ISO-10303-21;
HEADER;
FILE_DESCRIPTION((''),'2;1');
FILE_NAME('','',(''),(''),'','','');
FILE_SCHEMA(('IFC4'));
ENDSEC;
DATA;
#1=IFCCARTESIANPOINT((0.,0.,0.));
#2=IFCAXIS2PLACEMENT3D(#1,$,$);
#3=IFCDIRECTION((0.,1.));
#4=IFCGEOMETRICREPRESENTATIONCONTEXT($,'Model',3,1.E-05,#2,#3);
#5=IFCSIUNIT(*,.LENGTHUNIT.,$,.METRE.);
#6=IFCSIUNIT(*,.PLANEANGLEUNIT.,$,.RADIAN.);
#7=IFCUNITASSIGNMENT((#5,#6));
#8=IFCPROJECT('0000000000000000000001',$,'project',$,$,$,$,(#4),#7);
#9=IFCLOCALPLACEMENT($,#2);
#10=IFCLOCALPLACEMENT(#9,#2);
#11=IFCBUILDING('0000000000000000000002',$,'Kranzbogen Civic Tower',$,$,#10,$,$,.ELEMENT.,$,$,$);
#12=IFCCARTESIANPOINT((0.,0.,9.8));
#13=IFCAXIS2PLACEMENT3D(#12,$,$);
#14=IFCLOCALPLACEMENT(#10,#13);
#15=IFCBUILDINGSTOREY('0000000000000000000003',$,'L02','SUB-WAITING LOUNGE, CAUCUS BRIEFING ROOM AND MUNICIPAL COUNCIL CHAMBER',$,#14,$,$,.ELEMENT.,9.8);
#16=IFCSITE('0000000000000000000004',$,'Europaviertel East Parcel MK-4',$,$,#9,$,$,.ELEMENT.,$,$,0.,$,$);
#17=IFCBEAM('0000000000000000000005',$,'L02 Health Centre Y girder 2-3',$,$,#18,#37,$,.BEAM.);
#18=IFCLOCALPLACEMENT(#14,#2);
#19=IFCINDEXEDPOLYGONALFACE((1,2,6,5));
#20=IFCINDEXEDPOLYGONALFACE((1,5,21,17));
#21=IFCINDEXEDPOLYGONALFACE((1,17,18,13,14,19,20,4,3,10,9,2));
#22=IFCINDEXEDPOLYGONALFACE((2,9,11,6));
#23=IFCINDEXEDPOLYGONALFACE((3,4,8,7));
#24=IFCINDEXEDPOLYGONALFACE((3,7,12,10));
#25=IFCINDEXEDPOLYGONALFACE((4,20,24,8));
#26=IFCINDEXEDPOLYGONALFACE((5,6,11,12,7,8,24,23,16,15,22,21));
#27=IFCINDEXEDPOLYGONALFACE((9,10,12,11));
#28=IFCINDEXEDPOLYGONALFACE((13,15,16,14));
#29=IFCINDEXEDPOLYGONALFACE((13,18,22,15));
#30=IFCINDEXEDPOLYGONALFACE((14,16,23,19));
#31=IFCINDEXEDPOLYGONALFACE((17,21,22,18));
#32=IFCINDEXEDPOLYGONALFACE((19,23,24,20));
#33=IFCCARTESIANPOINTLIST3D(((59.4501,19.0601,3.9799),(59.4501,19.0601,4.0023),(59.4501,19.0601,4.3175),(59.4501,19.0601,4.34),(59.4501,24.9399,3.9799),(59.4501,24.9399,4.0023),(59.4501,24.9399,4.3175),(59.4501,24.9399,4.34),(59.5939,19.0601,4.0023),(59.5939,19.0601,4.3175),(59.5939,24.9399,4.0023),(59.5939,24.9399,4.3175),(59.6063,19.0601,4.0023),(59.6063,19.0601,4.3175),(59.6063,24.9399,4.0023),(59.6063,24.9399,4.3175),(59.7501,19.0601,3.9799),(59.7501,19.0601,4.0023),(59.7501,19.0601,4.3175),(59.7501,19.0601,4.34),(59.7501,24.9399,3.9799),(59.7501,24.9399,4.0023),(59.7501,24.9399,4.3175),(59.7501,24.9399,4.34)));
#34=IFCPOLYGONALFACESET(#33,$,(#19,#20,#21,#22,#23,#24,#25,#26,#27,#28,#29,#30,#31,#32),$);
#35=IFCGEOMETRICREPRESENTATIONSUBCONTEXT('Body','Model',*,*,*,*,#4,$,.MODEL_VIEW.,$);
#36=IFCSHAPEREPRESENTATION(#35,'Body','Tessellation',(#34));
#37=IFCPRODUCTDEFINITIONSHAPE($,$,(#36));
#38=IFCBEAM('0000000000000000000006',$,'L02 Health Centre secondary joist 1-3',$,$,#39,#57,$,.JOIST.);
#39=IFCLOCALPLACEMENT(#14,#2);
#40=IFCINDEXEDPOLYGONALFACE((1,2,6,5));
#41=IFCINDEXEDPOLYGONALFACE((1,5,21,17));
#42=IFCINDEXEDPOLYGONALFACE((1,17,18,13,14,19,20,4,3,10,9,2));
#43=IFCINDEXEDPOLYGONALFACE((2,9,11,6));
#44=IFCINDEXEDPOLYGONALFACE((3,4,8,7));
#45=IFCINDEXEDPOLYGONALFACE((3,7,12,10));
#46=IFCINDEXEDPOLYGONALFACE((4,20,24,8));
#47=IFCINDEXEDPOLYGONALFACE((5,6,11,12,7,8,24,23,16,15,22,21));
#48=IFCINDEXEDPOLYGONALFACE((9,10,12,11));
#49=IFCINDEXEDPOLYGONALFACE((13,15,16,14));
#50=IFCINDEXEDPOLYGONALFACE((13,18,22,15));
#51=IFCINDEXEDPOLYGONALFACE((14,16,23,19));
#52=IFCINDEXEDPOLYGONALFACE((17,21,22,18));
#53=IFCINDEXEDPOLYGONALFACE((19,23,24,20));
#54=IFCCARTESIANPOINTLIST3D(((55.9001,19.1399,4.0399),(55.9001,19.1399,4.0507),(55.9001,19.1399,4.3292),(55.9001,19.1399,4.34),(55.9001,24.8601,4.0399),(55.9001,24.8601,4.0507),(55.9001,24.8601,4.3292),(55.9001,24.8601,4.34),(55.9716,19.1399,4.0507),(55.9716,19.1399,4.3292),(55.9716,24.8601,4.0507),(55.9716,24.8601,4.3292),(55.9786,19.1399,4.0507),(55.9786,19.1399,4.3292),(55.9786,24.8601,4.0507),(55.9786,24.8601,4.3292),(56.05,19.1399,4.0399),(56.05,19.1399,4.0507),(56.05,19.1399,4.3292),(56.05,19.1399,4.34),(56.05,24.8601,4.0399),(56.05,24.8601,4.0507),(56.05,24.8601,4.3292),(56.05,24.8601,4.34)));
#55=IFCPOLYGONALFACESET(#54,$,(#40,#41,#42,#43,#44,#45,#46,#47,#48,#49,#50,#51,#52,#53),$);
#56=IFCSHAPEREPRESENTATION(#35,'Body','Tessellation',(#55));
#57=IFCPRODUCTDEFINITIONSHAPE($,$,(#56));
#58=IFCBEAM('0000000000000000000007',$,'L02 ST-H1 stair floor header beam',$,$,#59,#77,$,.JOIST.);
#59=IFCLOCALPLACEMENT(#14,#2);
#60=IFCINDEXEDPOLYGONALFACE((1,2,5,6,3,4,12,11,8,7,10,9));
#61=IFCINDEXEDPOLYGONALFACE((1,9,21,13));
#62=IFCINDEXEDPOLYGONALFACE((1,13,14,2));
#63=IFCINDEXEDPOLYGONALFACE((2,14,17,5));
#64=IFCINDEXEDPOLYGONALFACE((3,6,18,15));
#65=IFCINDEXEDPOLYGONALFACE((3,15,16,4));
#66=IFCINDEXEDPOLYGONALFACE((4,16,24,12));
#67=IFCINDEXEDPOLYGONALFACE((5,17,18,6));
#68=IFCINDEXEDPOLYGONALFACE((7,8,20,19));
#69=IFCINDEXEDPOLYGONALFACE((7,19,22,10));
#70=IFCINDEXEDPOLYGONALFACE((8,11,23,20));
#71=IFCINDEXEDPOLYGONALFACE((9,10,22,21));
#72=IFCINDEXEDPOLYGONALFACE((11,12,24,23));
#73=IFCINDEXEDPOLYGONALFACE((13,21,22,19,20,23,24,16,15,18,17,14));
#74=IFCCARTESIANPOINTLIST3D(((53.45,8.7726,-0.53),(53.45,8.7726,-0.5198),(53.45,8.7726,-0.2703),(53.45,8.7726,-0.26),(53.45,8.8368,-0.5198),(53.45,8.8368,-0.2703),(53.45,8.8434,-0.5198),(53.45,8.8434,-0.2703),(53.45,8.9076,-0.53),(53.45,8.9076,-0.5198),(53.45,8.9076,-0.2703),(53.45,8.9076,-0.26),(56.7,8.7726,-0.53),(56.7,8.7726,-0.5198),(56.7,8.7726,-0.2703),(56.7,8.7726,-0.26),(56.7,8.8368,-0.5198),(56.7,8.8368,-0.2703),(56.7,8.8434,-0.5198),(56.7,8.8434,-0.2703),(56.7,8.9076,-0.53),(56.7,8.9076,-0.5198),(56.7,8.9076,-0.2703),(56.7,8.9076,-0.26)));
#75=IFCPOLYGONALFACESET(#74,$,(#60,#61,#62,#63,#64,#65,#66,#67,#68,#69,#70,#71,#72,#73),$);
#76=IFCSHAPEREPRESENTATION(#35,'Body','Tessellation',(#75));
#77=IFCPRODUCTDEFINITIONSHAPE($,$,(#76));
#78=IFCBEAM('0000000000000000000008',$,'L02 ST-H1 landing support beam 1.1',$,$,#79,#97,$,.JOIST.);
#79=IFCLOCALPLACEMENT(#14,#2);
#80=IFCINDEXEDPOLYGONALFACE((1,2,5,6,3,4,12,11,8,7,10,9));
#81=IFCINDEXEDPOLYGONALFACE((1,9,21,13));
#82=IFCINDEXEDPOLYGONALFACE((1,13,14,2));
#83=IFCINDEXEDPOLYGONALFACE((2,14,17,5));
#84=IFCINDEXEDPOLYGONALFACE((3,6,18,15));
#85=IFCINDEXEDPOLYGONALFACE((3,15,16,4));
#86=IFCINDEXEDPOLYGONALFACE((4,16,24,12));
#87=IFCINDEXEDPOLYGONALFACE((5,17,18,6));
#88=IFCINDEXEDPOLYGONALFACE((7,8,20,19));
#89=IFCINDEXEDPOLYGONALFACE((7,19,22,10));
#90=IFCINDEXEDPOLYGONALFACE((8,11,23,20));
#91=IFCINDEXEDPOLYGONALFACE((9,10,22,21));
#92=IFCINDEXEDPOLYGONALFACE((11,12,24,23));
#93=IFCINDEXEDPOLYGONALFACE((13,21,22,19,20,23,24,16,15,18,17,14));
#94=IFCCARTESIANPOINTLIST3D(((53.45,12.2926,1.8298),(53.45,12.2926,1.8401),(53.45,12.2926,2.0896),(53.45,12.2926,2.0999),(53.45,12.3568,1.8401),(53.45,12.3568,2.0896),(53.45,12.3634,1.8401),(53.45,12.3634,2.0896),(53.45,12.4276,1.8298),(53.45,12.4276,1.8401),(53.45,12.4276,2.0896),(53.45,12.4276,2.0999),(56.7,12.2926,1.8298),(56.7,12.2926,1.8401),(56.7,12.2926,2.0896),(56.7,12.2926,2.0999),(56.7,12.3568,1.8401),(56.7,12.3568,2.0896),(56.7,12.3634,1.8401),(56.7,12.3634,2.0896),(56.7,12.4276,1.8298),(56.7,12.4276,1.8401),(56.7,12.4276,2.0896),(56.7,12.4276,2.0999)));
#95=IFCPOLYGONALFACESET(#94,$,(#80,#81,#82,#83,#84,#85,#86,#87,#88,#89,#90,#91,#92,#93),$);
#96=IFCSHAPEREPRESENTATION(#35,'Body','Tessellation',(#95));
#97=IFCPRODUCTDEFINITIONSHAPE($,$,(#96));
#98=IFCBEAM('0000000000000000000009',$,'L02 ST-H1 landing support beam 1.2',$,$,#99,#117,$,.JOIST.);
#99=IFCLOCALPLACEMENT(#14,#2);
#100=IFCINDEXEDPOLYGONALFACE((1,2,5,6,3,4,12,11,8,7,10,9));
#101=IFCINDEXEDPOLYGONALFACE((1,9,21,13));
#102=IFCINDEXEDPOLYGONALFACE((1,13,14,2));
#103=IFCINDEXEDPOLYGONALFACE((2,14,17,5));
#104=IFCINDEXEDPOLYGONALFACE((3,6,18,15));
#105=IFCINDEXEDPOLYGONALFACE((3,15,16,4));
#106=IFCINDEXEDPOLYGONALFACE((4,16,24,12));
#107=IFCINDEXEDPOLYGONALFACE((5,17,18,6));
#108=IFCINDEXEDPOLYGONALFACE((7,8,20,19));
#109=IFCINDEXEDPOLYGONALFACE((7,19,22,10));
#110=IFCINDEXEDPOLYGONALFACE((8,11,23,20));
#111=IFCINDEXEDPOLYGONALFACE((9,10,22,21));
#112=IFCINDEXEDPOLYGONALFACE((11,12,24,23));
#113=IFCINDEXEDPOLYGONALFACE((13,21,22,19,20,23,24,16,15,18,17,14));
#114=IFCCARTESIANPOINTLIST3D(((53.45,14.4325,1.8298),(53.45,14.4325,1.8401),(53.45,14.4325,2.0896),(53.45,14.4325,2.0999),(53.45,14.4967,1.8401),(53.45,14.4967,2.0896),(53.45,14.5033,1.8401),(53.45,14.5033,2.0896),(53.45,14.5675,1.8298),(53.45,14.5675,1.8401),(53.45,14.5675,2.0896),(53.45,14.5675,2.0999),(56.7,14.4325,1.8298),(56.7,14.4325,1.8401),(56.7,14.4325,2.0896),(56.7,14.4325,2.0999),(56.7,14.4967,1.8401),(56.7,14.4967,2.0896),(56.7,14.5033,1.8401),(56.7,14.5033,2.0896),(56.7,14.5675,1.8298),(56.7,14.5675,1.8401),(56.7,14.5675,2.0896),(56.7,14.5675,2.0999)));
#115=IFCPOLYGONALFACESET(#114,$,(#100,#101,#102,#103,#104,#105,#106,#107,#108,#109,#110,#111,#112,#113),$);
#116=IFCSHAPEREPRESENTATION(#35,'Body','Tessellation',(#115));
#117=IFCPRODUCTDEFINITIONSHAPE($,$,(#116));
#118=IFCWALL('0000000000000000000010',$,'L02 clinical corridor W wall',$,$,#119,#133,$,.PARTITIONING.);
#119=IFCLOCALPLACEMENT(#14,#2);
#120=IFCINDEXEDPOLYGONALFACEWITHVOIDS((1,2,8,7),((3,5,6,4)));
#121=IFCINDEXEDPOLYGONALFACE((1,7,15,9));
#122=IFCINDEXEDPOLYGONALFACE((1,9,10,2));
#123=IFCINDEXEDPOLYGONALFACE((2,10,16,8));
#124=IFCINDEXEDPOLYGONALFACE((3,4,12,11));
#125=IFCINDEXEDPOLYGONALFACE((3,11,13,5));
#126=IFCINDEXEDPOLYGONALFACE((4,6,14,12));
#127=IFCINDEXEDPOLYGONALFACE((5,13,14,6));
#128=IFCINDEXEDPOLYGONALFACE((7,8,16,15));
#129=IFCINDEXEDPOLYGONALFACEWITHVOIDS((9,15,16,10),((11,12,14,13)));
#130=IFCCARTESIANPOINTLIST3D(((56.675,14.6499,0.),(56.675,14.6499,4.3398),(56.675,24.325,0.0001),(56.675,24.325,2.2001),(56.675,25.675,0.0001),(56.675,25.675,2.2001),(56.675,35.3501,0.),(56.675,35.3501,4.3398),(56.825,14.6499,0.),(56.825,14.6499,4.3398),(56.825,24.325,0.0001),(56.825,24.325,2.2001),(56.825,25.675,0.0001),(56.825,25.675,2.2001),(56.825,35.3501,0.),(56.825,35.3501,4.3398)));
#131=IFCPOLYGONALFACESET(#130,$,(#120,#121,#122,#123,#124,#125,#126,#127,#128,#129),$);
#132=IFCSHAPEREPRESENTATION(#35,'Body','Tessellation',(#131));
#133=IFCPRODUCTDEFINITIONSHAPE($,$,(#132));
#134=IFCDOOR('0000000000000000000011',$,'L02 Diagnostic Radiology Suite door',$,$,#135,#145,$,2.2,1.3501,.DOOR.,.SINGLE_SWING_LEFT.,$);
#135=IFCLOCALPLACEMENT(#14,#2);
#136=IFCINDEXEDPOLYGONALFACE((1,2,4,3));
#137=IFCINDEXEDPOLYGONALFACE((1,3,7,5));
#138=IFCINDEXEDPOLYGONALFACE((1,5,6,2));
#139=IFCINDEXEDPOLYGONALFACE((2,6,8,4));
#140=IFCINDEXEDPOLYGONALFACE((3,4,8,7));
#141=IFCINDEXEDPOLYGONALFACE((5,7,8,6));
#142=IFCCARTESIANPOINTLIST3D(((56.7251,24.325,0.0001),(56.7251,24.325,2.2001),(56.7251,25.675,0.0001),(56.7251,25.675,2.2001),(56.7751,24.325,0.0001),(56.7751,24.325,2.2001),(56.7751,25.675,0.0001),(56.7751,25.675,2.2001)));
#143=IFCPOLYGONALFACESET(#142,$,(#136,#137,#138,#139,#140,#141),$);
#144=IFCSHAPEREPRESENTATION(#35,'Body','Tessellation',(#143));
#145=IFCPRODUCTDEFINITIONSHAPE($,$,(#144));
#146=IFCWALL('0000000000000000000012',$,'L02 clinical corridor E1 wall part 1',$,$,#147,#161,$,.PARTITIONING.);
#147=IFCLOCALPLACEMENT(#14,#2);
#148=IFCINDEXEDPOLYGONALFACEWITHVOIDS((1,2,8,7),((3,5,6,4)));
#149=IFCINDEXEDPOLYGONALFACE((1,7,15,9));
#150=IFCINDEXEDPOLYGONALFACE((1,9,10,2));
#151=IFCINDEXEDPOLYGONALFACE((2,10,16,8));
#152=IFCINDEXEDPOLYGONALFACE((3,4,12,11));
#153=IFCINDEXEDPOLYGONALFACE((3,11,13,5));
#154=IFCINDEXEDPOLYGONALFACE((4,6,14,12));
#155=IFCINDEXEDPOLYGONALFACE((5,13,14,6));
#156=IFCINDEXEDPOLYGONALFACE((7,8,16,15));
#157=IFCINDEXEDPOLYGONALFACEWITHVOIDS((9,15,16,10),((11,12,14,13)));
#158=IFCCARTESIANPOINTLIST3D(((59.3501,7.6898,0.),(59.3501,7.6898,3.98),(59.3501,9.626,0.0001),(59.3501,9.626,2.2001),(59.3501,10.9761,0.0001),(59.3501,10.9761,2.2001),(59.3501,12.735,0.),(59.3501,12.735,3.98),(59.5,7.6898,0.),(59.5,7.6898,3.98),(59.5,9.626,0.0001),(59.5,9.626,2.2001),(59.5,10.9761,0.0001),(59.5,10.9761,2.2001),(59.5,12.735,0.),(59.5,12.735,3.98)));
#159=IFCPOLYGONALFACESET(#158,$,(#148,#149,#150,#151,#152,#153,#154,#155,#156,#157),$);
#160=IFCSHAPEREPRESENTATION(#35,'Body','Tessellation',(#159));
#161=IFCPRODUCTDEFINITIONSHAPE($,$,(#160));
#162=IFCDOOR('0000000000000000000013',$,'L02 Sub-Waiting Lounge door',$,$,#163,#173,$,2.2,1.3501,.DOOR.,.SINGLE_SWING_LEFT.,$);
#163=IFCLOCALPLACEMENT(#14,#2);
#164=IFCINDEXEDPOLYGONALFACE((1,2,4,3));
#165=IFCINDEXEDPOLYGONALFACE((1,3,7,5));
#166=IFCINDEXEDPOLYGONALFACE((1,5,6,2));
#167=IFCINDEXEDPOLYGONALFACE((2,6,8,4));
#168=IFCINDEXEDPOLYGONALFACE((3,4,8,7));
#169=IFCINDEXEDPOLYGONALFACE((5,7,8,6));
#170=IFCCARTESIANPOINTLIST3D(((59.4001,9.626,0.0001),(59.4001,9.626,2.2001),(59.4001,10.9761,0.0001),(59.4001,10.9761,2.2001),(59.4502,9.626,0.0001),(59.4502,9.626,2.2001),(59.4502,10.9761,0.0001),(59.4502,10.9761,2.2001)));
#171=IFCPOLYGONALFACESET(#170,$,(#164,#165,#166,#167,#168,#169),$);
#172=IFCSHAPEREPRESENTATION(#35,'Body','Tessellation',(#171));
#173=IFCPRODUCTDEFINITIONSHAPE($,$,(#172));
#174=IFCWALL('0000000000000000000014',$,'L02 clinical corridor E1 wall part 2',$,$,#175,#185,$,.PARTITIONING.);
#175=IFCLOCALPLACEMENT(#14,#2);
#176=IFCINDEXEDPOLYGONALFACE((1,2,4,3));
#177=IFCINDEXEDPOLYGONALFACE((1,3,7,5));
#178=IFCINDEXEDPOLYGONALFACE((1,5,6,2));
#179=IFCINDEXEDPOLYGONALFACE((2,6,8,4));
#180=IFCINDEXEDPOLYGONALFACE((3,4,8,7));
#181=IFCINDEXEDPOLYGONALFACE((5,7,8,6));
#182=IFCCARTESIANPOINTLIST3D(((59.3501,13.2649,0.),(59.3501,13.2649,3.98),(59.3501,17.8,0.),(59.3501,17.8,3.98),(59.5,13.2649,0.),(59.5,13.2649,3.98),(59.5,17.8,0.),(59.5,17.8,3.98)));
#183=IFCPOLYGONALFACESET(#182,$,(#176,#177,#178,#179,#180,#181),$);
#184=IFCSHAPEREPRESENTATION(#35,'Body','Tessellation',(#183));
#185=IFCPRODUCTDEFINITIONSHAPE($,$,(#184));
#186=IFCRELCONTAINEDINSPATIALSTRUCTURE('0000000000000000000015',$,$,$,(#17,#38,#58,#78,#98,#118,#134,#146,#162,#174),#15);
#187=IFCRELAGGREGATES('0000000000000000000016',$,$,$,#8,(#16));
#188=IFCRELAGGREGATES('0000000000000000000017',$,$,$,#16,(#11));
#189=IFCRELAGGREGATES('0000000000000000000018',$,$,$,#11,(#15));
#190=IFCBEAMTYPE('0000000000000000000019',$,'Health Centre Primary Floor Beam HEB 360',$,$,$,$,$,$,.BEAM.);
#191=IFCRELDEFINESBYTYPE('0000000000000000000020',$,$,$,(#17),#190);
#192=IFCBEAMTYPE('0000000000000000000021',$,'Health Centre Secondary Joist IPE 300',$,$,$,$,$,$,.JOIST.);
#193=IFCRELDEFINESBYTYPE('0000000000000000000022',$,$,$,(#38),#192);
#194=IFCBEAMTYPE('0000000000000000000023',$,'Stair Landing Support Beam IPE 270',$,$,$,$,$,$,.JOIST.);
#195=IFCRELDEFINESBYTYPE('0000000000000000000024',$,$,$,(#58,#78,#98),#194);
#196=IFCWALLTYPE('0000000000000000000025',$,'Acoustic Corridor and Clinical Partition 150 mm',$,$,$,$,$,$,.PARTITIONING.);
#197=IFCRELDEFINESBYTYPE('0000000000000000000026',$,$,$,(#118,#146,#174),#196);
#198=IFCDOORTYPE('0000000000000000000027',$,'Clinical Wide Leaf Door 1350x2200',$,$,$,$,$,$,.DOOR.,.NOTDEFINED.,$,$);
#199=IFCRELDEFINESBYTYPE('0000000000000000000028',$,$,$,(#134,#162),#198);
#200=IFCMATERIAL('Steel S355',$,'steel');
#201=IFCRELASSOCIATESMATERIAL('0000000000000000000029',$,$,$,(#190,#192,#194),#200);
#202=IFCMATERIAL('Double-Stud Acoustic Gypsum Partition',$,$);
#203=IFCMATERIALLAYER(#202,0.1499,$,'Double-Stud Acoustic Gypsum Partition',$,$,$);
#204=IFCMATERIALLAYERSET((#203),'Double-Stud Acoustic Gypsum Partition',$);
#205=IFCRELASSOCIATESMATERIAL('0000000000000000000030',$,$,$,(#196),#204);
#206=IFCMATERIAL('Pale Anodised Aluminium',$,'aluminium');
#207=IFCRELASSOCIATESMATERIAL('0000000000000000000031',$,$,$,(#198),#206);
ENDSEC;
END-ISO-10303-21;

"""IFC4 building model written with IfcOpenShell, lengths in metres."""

from ifc_helpers import new_model, si_unit, direction, frame, frame_2d, origin, origin_2d, place, context, subcontext, project, spatial, rectangle, i_section, extrude, material, layer, layer_set, material_profile, profile_set, type_object, element, fill, save


model = new_model("IFC4")

# Units and contexts
model_context = context("Model", 3, precision=1e-05, world=origin(), true_north=direction((0.0, 1.0)))
body_context = subcontext(model_context, "Body", "Model", "MODEL_VIEW")
ifc_project = project(units=[si_unit("LENGTHUNIT", "METRE"), si_unit("PLANEANGLEUNIT", "RADIAN")], contexts=[model_context])

# Site, building, storey
site_placement = place(None, origin())
site = spatial("IfcSite", under=ifc_project, at=site_placement, Name="Europaviertel East Parcel MK-4", CompositionType="ELEMENT", RefElevation=0.0)
building_placement = place(site_placement, origin())
building = spatial("IfcBuilding", under=site, at=building_placement, Name="Kranzbogen Civic Tower", CompositionType="ELEMENT")
storey_placement = place(building_placement, frame((0.0, 0.0, 9.8)))
storey = spatial("IfcBuildingStorey", under=building, at=storey_placement, Name="L02", Description="SUB-WAITING LOUNGE, CAUCUS BRIEFING ROOM AND MUNICIPAL COUNCIL CHAMBER", CompositionType="ELEMENT", Elevation=9.8)

# Shared definitions
ifc_material_1 = material(Name="Steel S355", Category="steel")

# Beams
ifc_material_profile_1 = material_profile(ifc_material_1, i_section(OverallWidth=0.3, OverallDepth=0.3601, WebThickness=0.0125, FlangeThickness=0.0225, at=origin_2d()), Name="HEB 360")
ifc_profile_set_1 = profile_set([ifc_material_profile_1], Name="Steel S355")
beam_type_1 = type_object("IfcBeamType", Name="Health Centre Primary Floor Beam HEB 360", PredefinedType="BEAM", material=ifc_profile_set_1)
for number, where, z_axis, x_axis, name in (
    (1, (59.6001, 19.0601, 4.1599), (0.0, 1.0, 0.0), (-1.0, 0.0, 0.0), "L02 Health Centre Y girder 2-3"),
):
    element("IfcBeam", number, at=place(storey_placement, frame(where, z_axis=z_axis, x_axis=x_axis)), inside=storey, type_object=beam_type_1, Name=name, PredefinedType="BEAM", context=body_context, shape_type="SweptSolid", body=[
        extrude(i_section(OverallWidth=0.3, OverallDepth=0.3601, WebThickness=0.0125, FlangeThickness=0.0225, at=origin_2d()), origin(), (0.0, 0.0, 1.0), 5.8799),
    ])
ifc_material_profile_2 = material_profile(ifc_material_1, i_section(OverallWidth=0.1499, OverallDepth=0.3, WebThickness=0.0071, FlangeThickness=0.0107, at=origin_2d()), Name="IPE 300")
ifc_profile_set_2 = profile_set([ifc_material_profile_2], Name="Steel S355")
beam_type_2 = type_object("IfcBeamType", Name="Health Centre Secondary Joist IPE 300", PredefinedType="JOIST", material=ifc_profile_set_2)
beam_1_placement = place(storey_placement, frame((55.9751, 19.1399, 4.1899), z_axis=(0.0, 1.0, 0.0), x_axis=(-1.0, 0.0, 0.0)))
element("IfcBeam", 2, at=beam_1_placement, inside=storey, type_object=beam_type_2, Name="L02 Health Centre secondary joist 1-3", PredefinedType="JOIST", context=body_context, shape_type="SweptSolid", body=[
    extrude(i_section(OverallWidth=0.1499, OverallDepth=0.3, WebThickness=0.0071, FlangeThickness=0.0107, at=origin_2d()), origin(), (0.0, 0.0, 1.0), 5.7202),
])
ifc_material_profile_3 = material_profile(ifc_material_1, i_section(OverallWidth=0.135, OverallDepth=0.27, WebThickness=0.0066, FlangeThickness=0.0103, at=origin_2d()), Name="IPE 270")
ifc_profile_set_3 = profile_set([ifc_material_profile_3], Name="Steel S355")
beam_type_3 = type_object("IfcBeamType", Name="Stair Landing Support Beam IPE 270", PredefinedType="JOIST", material=ifc_profile_set_3)
for number, where, z_axis, x_axis, name in (
    (3, (56.7, 8.8401, -0.395), (-1.0, 0.0, 0.0), (0.0, -1.0, 0.0), "L02 ST-H1 stair floor header beam"),
    (4, (56.7, 12.3601, 1.9648), (-1.0, 0.0, 0.0), (0.0, -1.0, 0.0), "L02 ST-H1 landing support beam 1.1"),
    (5, (56.7, 14.5, 1.9648), (-1.0, 0.0, 0.0), (0.0, -1.0, 0.0), "L02 ST-H1 landing support beam 1.2"),
):
    element("IfcBeam", number, at=place(storey_placement, frame(where, z_axis=z_axis, x_axis=x_axis)), inside=storey, type_object=beam_type_3, Name=name, PredefinedType="JOIST", context=body_context, shape_type="SweptSolid", body=[
        extrude(i_section(OverallWidth=0.135, OverallDepth=0.27, WebThickness=0.0066, FlangeThickness=0.0103, at=origin_2d()), origin(), (0.0, 0.0, 1.0), 3.25),
    ])

# Walls, openings, doors
ifc_material_2 = material(Name="Double-Stud Acoustic Gypsum Partition")
ifc_layer_1 = layer(ifc_material_2, 0.1499, Name="Double-Stud Acoustic Gypsum Partition")
ifc_layer_set_1 = layer_set([ifc_layer_1], Name="Double-Stud Acoustic Gypsum Partition")
wall_type_1 = type_object("IfcWallType", Name="Acoustic Corridor and Clinical Partition 150 mm", PredefinedType="PARTITIONING", material=ifc_layer_set_1)
wall_1_placement = place(storey_placement, frame((56.75, 14.6499, 0.0), z_axis=(0.0, 0.0, 1.0), x_axis=(0.0, 1.0, 0.0)))
wall_1 = element("IfcWall", 6, at=wall_1_placement, inside=storey, type_object=wall_type_1, Name="L02 clinical corridor W wall", PredefinedType="PARTITIONING", context=body_context, shape_type="SweptSolid", body=[
    extrude(rectangle(XDim=20.7002, YDim=0.1499, at=frame_2d((10.3501, 0.0))), origin(), (0.0, 0.0, 1.0), 4.3398),
])
opening_1_placement = place(wall_1_placement, frame((9.675, 0.0, 0.0)))
opening_1 = element("IfcOpeningElement", 7, at=opening_1_placement, cuts=wall_1, PredefinedType="OPENING", context=body_context, shape_type="SweptSolid", body=[
    extrude(rectangle(XDim=1.3501, YDim=2.2, at=frame_2d((0.675, 1.1001))), frame((0.0, 0.085, 0.0), z_axis=(0.0, -1.0, 0.0), x_axis=(1.0, 0.0, 0.0)), (0.0, 0.0, 1.0), 0.1699),
])
ifc_material_3 = material(Name="Pale Anodised Aluminium", Category="aluminium")
door_type_1 = type_object("IfcDoorType", Name="Clinical Wide Leaf Door 1350x2200", OperationType="NOTDEFINED", PredefinedType="DOOR", material=ifc_material_3)
door_1_placement = place(opening_1_placement, origin())
door_1 = element("IfcDoor", 8, at=door_1_placement, inside=storey, type_object=door_type_1, Name="L02 Diagnostic Radiology Suite door", OperationType="SINGLE_SWING_LEFT", OverallHeight=2.2, OverallWidth=1.3501, PredefinedType="DOOR", context=body_context, shape_type="SweptSolid", body=[
    extrude(rectangle(XDim=1.3501, YDim=2.2, at=frame_2d((0.675, 1.1001))), frame((0.0, 0.0249, 0.0), z_axis=(0.0, -1.0, 0.0), x_axis=(1.0, 0.0, 0.0)), (0.0, 0.0, 1.0), 0.05),
])
fill(opening_1, door_1)
wall_2_placement = place(storey_placement, frame((59.425, 7.6899, 0.0), z_axis=(0.0, 0.0, 1.0), x_axis=(0.0, 1.0, 0.0)))
wall_2 = element("IfcWall", 9, at=wall_2_placement, inside=storey, type_object=wall_type_1, Name="L02 clinical corridor E1 wall part 1", PredefinedType="PARTITIONING", context=body_context, shape_type="SweptSolid", body=[
    extrude(rectangle(XDim=5.0452, YDim=0.1499, at=frame_2d((2.5225, 0.0))), origin(), (0.0, 0.0, 1.0), 3.98),
])
opening_2_placement = place(wall_2_placement, frame((1.936, 0.0, 0.0)))
opening_2 = element("IfcOpeningElement", 10, at=opening_2_placement, cuts=wall_2, PredefinedType="OPENING", context=body_context, shape_type="SweptSolid", body=[
    extrude(rectangle(XDim=1.3501, YDim=2.2, at=frame_2d((0.675, 1.1001))), frame((0.0, 0.085, 0.0), z_axis=(0.0, -1.0, 0.0), x_axis=(1.0, 0.0, 0.0)), (0.0, 0.0, 1.0), 0.1699),
])
door_2_placement = place(opening_2_placement, origin())
door_2 = element("IfcDoor", 11, at=door_2_placement, inside=storey, type_object=door_type_1, Name="L02 Sub-Waiting Lounge door", OperationType="SINGLE_SWING_LEFT", OverallHeight=2.2, OverallWidth=1.3501, PredefinedType="DOOR", context=body_context, shape_type="SweptSolid", body=[
    extrude(rectangle(XDim=1.3501, YDim=2.2, at=frame_2d((0.675, 1.1001))), frame((0.0, 0.0249, 0.0), z_axis=(0.0, -1.0, 0.0), x_axis=(1.0, 0.0, 0.0)), (0.0, 0.0, 1.0), 0.05),
])
fill(opening_2, door_2)

# Wall
wall_3_placement = place(storey_placement, frame((59.425, 13.2649, 0.0), z_axis=(0.0, 0.0, 1.0), x_axis=(0.0, 1.0, 0.0)))
element("IfcWall", 12, at=wall_3_placement, inside=storey, type_object=wall_type_1, Name="L02 clinical corridor E1 wall part 2", PredefinedType="PARTITIONING", context=body_context, shape_type="SweptSolid", body=[
    extrude(rectangle(XDim=4.5352, YDim=0.1499, at=frame_2d((2.2676, 0.0))), origin(), (0.0, 0.0, 1.0), 3.98),
])

save(model, "model.ifc")
